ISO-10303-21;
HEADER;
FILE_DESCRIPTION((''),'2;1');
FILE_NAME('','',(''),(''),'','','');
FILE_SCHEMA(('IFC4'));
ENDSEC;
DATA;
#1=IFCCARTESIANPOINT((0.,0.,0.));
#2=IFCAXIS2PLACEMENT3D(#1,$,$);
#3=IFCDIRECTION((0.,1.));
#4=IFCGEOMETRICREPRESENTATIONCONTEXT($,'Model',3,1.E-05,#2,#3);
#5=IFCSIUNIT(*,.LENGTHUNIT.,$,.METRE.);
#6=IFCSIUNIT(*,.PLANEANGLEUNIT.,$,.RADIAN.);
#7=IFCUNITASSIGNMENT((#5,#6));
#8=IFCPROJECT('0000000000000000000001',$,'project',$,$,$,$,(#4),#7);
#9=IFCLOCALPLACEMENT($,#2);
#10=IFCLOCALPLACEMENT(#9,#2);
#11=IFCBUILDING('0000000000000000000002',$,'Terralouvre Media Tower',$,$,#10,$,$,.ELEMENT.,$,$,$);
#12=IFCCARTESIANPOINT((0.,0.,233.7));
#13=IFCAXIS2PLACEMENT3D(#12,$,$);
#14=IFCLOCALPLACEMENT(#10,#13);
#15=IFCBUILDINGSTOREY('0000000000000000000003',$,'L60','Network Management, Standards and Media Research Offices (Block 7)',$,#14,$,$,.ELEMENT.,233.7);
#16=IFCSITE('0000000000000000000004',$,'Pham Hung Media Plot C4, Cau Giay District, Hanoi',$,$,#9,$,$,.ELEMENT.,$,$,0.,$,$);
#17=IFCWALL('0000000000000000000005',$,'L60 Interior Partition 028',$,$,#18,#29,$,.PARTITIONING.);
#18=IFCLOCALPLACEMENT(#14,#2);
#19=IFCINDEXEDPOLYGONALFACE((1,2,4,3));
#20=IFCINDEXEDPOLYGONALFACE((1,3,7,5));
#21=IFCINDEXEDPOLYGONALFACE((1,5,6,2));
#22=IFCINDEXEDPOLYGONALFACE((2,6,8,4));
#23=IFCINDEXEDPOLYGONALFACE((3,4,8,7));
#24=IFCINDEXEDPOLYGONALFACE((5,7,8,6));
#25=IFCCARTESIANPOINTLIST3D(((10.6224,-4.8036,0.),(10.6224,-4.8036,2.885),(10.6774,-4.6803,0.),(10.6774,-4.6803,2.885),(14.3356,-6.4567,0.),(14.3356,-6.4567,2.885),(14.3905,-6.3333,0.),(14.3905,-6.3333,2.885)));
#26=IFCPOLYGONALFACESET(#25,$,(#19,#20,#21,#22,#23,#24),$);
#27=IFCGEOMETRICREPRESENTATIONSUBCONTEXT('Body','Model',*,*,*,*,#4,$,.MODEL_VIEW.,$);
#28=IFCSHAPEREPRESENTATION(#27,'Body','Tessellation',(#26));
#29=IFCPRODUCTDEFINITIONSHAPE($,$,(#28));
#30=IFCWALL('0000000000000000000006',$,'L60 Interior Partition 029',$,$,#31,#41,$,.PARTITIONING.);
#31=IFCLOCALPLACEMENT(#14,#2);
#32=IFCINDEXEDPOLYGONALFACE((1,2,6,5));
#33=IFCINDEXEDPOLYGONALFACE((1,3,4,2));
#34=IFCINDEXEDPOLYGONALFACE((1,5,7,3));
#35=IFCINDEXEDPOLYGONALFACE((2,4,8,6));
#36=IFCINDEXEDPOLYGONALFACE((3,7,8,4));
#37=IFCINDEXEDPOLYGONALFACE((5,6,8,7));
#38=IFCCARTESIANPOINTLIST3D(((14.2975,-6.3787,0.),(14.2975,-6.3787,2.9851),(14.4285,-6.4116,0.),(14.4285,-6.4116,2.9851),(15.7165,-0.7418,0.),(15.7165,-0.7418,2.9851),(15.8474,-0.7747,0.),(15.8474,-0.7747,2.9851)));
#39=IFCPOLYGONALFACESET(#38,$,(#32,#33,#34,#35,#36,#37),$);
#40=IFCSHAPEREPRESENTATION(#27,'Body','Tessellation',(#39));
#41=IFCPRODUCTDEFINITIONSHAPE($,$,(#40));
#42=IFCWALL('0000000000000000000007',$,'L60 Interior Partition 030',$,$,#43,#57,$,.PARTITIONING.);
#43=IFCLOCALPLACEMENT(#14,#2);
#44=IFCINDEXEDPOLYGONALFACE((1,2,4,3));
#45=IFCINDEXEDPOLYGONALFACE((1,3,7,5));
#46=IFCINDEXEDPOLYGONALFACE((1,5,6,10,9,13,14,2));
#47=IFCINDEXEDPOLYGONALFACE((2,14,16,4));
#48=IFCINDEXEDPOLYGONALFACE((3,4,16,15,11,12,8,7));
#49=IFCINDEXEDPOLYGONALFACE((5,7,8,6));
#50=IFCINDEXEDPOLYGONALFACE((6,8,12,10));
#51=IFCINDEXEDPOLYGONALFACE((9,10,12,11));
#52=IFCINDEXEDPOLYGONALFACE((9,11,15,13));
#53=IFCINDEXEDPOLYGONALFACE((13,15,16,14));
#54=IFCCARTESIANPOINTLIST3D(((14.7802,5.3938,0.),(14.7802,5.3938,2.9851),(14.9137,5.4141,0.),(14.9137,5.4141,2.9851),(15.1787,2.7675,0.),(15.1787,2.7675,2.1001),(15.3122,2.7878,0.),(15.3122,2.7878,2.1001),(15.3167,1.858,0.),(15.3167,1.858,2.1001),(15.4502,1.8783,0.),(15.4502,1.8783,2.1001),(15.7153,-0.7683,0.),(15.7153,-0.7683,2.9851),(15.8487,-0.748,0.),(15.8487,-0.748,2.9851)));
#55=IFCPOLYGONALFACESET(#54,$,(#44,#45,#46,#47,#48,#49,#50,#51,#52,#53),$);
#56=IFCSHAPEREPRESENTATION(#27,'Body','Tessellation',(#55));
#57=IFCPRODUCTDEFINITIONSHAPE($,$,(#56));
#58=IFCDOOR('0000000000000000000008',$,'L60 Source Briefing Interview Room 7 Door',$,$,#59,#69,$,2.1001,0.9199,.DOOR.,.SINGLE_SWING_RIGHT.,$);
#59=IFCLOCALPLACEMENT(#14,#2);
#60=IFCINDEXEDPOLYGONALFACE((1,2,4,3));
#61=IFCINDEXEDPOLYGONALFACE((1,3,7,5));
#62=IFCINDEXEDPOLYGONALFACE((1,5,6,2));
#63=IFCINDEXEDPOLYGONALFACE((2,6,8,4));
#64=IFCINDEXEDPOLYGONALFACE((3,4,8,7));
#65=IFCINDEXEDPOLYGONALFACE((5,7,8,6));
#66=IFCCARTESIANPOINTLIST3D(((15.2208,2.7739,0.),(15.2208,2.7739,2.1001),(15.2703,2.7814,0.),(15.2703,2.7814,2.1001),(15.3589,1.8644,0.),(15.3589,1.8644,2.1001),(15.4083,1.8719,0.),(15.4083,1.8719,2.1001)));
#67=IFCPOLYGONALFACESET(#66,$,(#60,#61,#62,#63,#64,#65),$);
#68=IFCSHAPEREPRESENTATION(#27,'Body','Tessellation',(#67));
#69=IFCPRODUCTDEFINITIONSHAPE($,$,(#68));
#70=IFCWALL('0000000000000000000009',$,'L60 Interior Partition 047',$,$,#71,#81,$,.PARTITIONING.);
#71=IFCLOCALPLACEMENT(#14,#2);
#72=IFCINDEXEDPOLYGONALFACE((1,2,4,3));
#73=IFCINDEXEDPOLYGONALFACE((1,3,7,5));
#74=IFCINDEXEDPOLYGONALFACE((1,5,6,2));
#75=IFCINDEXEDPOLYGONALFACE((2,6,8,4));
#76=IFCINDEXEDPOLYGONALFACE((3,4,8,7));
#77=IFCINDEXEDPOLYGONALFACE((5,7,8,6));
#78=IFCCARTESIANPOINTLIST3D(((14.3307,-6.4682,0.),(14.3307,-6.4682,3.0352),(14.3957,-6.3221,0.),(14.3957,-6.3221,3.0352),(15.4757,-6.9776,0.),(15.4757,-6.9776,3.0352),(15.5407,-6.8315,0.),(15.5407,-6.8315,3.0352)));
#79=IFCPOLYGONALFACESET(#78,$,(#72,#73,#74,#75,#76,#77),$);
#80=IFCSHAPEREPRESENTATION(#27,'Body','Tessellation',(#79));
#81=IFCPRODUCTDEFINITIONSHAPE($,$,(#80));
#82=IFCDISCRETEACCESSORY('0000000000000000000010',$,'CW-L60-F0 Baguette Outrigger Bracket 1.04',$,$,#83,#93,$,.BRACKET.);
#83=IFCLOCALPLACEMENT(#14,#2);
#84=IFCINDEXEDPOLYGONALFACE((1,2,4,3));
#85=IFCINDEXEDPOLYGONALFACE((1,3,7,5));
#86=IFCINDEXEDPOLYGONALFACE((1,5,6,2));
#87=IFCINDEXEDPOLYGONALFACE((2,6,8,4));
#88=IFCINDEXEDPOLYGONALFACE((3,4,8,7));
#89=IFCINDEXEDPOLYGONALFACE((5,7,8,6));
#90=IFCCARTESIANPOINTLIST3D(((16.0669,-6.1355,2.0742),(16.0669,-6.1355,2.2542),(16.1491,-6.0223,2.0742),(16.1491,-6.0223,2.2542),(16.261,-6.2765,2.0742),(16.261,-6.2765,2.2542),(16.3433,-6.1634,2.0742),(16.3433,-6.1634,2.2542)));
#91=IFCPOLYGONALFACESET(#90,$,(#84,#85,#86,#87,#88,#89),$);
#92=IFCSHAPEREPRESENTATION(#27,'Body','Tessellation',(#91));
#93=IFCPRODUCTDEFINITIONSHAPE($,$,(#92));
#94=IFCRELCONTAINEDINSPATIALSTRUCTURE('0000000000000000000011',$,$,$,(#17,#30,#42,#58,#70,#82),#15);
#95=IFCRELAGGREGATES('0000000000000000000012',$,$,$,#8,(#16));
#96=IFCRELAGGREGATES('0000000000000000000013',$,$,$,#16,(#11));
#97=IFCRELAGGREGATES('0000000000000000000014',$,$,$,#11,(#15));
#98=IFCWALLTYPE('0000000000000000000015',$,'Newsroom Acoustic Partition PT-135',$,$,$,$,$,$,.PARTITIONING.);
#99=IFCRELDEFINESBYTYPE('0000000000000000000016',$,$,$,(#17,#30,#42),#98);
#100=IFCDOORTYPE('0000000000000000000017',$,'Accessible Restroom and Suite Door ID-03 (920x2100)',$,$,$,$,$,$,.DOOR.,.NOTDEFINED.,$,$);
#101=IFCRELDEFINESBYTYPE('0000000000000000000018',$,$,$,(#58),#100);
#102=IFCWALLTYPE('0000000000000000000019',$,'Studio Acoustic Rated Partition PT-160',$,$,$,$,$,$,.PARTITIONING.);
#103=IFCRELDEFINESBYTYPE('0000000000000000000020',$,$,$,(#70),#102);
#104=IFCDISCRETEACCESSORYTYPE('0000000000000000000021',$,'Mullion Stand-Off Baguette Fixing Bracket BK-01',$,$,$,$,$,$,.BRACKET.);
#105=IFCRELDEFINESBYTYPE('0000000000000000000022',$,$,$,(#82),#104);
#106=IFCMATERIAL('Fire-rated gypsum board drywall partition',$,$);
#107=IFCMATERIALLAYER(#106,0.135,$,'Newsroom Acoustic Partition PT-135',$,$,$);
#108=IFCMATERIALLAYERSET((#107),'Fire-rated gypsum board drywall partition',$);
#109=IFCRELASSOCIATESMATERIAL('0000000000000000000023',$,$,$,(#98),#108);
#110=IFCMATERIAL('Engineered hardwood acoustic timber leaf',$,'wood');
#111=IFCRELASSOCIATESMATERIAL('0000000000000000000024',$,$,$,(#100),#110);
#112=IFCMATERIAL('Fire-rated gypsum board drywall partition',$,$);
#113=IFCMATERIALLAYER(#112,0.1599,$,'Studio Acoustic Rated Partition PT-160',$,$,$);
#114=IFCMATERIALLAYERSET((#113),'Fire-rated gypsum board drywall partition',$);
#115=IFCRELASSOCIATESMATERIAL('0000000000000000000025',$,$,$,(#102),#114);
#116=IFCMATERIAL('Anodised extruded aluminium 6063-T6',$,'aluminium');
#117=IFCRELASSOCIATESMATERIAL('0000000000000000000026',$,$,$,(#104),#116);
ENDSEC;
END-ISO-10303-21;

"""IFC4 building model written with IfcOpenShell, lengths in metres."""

from ifc_helpers import new_model, si_unit, direction, frame, frame_2d, origin, origin_2d, place, context, subcontext, project, spatial, rectangle, extrude, material, layer, layer_set, type_object, element, fill, save


model = new_model("IFC4")

# Units and contexts
model_context = context("Model", 3, precision=1e-05, world=origin(), true_north=direction((0.0, 1.0)))
body_context = subcontext(model_context, "Body", "Model", "MODEL_VIEW")
ifc_project = project(units=[si_unit("LENGTHUNIT", "METRE"), si_unit("PLANEANGLEUNIT", "RADIAN")], contexts=[model_context])

# Site, building, storey
site_placement = place(None, origin())
site = spatial("IfcSite", under=ifc_project, at=site_placement, Name="Pham Hung Media Plot C4, Cau Giay District, Hanoi", CompositionType="ELEMENT", RefElevation=0.0)
building_placement = place(site_placement, origin())
building = spatial("IfcBuilding", under=site, at=building_placement, Name="Terralouvre Media Tower", CompositionType="ELEMENT")
storey_placement = place(building_placement, frame((0.0, 0.0, 233.7)))
storey = spatial("IfcBuildingStorey", under=building, at=storey_placement, Name="L60", Description="Network Management, Standards and Media Research Offices (Block 7)", CompositionType="ELEMENT", Elevation=233.7)

# Shared definitions
ifc_material_1 = material(Name="Fire-rated gypsum board drywall partition")
ifc_layer_1 = layer(ifc_material_1, 0.135, Name="Newsroom Acoustic Partition PT-135")
ifc_layer_set_1 = layer_set([ifc_layer_1], Name="Fire-rated gypsum board drywall partition")
wall_type_1 = type_object("IfcWallType", Name="Newsroom Acoustic Partition PT-135", PredefinedType="PARTITIONING", material=ifc_layer_set_1)

# Walls
wall_1_placement = place(storey_placement, frame((10.6499, -4.7419, 0.0), z_axis=(0.0, 0.0, 1.0), x_axis=(0.913556, -0.406712, 0.0)))
element("IfcWall", 1, at=wall_1_placement, inside=storey, type_object=wall_type_1, Name="L60 Interior Partition 028", PredefinedType="PARTITIONING", context=body_context, shape_type="SweptSolid", body=[
    extrude(rectangle(XDim=4.0645, YDim=0.135, at=frame_2d((2.0322, 0.0))), origin(), (0.0, 0.0, 1.0), 2.885),
])
wall_2_placement = place(storey_placement, frame((14.363, -6.395, 0.0), z_axis=(0.0, 0.0, 1.0), x_axis=(0.244107, 0.969748, 0.0)))
element("IfcWall", 2, at=wall_2_placement, inside=storey, type_object=wall_type_1, Name="L60 Interior Partition 029", PredefinedType="PARTITIONING", context=body_context, shape_type="SweptSolid", body=[
    extrude(rectangle(XDim=5.8127, YDim=0.135, at=frame_2d((2.9062, 0.0))), origin(), (0.0, 0.0, 1.0), 2.9851),
])

# Wall, opening, door
wall_3_placement = place(storey_placement, frame((15.782, -0.7581, 0.0), z_axis=(0.0, 0.0, 1.0), x_axis=(-0.150026, 0.988682, 0.0)))
wall_3 = element("IfcWall", 3, at=wall_3_placement, inside=storey, type_object=wall_type_1, Name="L60 Interior Partition 030", PredefinedType="PARTITIONING", context=body_context, shape_type="SweptSolid", body=[
    extrude(rectangle(XDim=6.2327, YDim=0.135, at=frame_2d((3.1162, 0.0))), origin(), (0.0, 0.0, 1.0), 2.9851),
])
opening_1_placement = place(wall_3_placement, frame((2.6562, 0.0, 0.0)))
opening_1 = element("IfcOpeningElement", 4, at=opening_1_placement, cuts=wall_3, PredefinedType="OPENING", context=body_context, shape_type="SweptSolid", body=[
    extrude(rectangle(XDim=0.9199, YDim=2.1001, at=frame_2d((0.46, 1.05))), frame((0.0, 0.0774, 0.0), z_axis=(0.0, -1.0, 0.0), x_axis=(1.0, 0.0, 0.0)), (0.0, 0.0, 1.0), 0.155),
])
ifc_material_2 = material(Name="Engineered hardwood acoustic timber leaf", Category="wood")
door_type_1 = type_object("IfcDoorType", Name="Accessible Restroom and Suite Door ID-03 (920x2100)", OperationType="NOTDEFINED", PredefinedType="DOOR", material=ifc_material_2)
door_1_placement = place(opening_1_placement, origin())
door_1 = element("IfcDoor", 5, at=door_1_placement, inside=storey, type_object=door_type_1, Name="L60 Source Briefing Interview Room 7 Door", OperationType="SINGLE_SWING_RIGHT", OverallHeight=2.1001, OverallWidth=0.9199, PredefinedType="DOOR", context=body_context, shape_type="SweptSolid", body=[
    extrude(rectangle(XDim=0.9199, YDim=2.1001, at=frame_2d((0.46, 1.05))), frame((0.0, 0.0249, 0.0), z_axis=(0.0, -1.0, 0.0), x_axis=(1.0, 0.0, 0.0)), (0.0, 0.0, 1.0), 0.05),
])
fill(opening_1, door_1)

# Wall
ifc_material_3 = material(Name="Fire-rated gypsum board drywall partition")
ifc_layer_2 = layer(ifc_material_3, 0.1599, Name="Studio Acoustic Rated Partition PT-160")
ifc_layer_set_2 = layer_set([ifc_layer_2], Name="Fire-rated gypsum board drywall partition")
wall_type_2 = type_object("IfcWallType", Name="Studio Acoustic Rated Partition PT-160", PredefinedType="PARTITIONING", material=ifc_layer_set_2)
wall_4_placement = place(storey_placement, frame((15.5081, -6.9045, 0.0), z_axis=(0.0, 0.0, 1.0), x_axis=(-0.913627, 0.406554, 0.0)))
element("IfcWall", 6, at=wall_4_placement, inside=storey, type_object=wall_type_2, Name="L60 Interior Partition 047", PredefinedType="PARTITIONING", context=body_context, shape_type="SweptSolid", body=[
    extrude(rectangle(XDim=1.2532, YDim=0.1599, at=frame_2d((0.6265, 0.0))), origin(), (0.0, 0.0, 1.0), 3.0352),
])

# Discrete accessory
ifc_material_4 = material(Name="Anodised extruded aluminium 6063-T6", Category="aluminium")
discrete_accessory_type = type_object("IfcDiscreteAccessoryType", Name="Mullion Stand-Off Baguette Fixing Bracket BK-01", PredefinedType="BRACKET", material=ifc_material_4)
discrete_accessory_placement = place(storey_placement, frame((16.2051, -6.1494, 2.0742), z_axis=(0.0, 0.0, 1.0), x_axis=(0.587785, 0.809017, 0.0)))
element("IfcDiscreteAccessory", 7, at=discrete_accessory_placement, inside=storey, type_object=discrete_accessory_type, Name="CW-L60-F0 Baguette Outrigger Bracket 1.04", PredefinedType="BRACKET", context=body_context, shape_type="SweptSolid", body=[
    extrude(rectangle(XDim=0.1399, YDim=0.24, at=origin_2d()), origin(), (0.0, 0.0, 1.0), 0.1799),
])

save(model, "model.ifc")
